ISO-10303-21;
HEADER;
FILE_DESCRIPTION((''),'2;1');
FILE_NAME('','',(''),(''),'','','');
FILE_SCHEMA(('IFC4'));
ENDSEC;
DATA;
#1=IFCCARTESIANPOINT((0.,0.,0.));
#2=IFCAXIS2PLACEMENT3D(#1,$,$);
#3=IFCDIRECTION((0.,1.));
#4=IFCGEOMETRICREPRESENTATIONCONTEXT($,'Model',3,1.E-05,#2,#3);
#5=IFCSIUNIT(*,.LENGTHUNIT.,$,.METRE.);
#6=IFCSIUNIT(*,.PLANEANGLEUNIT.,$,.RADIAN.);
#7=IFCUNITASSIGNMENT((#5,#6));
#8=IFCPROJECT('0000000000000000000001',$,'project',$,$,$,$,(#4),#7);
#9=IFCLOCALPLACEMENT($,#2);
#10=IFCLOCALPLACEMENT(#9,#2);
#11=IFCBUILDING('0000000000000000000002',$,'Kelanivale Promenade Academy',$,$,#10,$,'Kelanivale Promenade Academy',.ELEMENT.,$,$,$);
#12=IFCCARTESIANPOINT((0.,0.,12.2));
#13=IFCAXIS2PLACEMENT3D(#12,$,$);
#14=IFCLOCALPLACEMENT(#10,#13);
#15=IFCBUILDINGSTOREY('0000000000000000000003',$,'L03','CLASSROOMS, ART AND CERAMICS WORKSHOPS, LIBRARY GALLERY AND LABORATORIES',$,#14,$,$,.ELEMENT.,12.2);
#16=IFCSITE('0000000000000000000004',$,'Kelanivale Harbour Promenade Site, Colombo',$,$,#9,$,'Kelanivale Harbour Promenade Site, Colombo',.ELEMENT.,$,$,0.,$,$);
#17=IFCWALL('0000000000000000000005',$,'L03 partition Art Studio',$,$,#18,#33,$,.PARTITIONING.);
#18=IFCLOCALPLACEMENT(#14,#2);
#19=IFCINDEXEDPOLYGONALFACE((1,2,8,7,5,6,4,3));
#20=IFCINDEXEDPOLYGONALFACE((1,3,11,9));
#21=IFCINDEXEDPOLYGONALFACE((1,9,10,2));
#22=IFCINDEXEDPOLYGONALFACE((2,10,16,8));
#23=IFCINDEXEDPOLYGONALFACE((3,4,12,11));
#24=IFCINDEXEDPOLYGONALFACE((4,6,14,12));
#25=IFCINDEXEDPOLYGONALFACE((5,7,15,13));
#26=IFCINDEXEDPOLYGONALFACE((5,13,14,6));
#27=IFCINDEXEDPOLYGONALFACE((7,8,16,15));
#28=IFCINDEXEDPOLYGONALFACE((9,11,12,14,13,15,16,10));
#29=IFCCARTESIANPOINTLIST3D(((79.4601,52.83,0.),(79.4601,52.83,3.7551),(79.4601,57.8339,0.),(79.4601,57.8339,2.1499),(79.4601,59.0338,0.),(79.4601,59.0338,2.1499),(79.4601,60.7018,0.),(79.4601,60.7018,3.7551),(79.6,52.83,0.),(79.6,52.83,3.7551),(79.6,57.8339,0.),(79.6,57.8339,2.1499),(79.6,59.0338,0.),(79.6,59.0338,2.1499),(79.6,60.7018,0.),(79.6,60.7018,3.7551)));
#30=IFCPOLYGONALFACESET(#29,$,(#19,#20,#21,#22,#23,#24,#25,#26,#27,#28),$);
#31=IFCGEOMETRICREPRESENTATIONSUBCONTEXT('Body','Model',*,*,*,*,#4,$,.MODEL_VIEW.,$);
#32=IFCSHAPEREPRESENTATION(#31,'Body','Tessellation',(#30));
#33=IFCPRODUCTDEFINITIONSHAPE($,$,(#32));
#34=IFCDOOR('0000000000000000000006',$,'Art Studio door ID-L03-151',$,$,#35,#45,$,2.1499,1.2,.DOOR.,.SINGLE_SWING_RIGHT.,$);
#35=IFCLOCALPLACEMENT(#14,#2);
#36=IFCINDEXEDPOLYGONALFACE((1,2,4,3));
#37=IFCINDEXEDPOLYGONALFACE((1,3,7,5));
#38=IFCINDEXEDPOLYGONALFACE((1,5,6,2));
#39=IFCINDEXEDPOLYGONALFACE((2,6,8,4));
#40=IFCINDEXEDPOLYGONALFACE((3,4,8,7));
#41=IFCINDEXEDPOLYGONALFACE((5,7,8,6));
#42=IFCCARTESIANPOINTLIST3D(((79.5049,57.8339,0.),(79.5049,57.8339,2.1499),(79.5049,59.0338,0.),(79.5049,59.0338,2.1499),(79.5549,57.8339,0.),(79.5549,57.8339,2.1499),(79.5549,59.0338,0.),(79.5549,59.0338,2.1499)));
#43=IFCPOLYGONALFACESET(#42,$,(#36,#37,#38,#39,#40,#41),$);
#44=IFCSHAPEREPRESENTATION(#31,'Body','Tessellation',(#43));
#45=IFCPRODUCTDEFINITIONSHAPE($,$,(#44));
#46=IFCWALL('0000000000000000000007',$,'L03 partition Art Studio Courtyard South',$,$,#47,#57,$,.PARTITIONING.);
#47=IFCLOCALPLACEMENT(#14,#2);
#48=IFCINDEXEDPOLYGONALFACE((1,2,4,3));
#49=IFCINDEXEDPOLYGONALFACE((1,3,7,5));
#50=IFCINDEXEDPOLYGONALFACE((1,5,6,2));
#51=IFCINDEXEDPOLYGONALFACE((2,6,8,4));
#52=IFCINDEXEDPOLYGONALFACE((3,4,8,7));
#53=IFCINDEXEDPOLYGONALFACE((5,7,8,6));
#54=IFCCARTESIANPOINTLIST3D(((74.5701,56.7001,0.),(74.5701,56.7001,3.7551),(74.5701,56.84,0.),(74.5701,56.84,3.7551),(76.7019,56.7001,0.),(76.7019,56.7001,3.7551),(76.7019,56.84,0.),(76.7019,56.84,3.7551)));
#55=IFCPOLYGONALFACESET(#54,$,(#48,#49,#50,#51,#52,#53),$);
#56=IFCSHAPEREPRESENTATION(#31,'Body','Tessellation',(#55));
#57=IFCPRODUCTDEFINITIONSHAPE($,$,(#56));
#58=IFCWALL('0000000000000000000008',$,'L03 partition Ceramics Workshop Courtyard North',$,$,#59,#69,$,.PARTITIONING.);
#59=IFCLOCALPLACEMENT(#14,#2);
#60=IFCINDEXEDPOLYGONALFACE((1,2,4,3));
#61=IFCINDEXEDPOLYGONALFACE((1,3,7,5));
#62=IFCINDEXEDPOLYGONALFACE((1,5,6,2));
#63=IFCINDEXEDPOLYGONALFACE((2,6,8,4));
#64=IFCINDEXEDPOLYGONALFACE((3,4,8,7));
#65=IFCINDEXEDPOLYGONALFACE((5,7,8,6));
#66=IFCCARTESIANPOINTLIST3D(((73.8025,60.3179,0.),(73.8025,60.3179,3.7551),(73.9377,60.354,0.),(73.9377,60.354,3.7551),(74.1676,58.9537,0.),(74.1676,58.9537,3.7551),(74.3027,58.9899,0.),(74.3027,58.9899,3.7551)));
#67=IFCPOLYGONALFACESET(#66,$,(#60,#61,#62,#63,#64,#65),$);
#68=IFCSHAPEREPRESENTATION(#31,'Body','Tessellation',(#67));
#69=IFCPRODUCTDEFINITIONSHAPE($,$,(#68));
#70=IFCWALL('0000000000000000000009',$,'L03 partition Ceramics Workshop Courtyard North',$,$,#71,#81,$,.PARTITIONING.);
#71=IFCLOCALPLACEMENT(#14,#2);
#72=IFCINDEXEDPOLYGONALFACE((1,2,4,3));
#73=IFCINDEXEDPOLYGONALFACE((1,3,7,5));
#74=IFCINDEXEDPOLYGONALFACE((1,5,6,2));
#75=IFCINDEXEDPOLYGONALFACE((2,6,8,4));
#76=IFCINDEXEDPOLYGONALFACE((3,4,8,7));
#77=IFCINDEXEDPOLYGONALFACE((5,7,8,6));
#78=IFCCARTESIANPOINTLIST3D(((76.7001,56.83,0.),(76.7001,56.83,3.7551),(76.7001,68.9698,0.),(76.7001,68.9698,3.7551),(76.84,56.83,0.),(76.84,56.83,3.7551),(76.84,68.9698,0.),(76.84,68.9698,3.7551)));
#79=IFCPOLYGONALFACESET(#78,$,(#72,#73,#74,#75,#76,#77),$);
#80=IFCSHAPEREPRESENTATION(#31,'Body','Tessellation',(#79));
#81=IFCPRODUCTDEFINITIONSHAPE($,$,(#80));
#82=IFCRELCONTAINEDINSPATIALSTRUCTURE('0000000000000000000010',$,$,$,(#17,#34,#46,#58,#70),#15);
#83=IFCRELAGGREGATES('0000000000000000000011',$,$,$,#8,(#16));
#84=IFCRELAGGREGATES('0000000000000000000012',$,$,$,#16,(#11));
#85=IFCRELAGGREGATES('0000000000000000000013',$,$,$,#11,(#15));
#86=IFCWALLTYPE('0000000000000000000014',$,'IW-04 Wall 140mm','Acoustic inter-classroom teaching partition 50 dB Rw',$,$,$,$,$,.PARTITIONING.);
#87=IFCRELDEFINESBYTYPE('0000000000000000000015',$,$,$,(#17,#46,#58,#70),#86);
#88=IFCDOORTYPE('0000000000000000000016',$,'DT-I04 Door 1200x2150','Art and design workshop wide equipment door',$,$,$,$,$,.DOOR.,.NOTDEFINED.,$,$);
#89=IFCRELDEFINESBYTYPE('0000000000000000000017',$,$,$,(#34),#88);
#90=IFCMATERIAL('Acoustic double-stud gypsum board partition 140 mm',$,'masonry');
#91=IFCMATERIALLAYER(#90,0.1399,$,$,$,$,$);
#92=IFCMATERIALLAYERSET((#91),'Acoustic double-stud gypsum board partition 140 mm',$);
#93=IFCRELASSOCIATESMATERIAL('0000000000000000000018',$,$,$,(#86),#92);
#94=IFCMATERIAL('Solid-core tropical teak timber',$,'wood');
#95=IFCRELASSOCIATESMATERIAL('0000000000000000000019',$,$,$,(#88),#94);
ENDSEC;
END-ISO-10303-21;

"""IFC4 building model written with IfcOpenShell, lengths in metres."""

from ifc_helpers import new_model, si_unit, direction, frame, frame_2d, origin, place, context, subcontext, project, spatial, rectangle, extrude, material, layer, layer_set, type_object, element, fill, save


model = new_model("IFC4")

# Units and contexts
model_context = context("Model", 3, precision=1e-05, world=origin(), true_north=direction((0.0, 1.0)))
body_context = subcontext(model_context, "Body", "Model", "MODEL_VIEW")
ifc_project = project(units=[si_unit("LENGTHUNIT", "METRE"), si_unit("PLANEANGLEUNIT", "RADIAN")], contexts=[model_context])

# Site, building, storey
site_placement = place(None, origin())
site = spatial("IfcSite", under=ifc_project, at=site_placement, Name="Kelanivale Harbour Promenade Site, Colombo", LongName="Kelanivale Harbour Promenade Site, Colombo", CompositionType="ELEMENT", RefElevation=0.0)
building_placement = place(site_placement, origin())
building = spatial("IfcBuilding", under=site, at=building_placement, Name="Kelanivale Promenade Academy", LongName="Kelanivale Promenade Academy", CompositionType="ELEMENT")
storey_placement = place(building_placement, frame((0.0, 0.0, 12.2)))
storey = spatial("IfcBuildingStorey", under=building, at=storey_placement, Name="L03", Description="CLASSROOMS, ART AND CERAMICS WORKSHOPS, LIBRARY GALLERY AND LABORATORIES", CompositionType="ELEMENT", Elevation=12.2)

# Wall, opening, door
ifc_material_1 = material(Name="Acoustic double-stud gypsum board partition 140 mm", Category="masonry")
ifc_layer_1 = layer(ifc_material_1, 0.1399)
ifc_layer_set_1 = layer_set([ifc_layer_1], Name="Acoustic double-stud gypsum board partition 140 mm")
wall_type_1 = type_object("IfcWallType", Name="IW-04 Wall 140mm", Description="Acoustic inter-classroom teaching partition 50 dB Rw", PredefinedType="PARTITIONING", material=ifc_layer_set_1)
wall_1_placement = place(storey_placement, frame((79.53, 60.7019, 0.0), z_axis=(0.0, 0.0, 1.0), x_axis=(0.0, -1.0, 0.0)))
wall_1 = element("IfcWall", 1, at=wall_1_placement, inside=storey, type_object=wall_type_1, Name="L03 partition Art Studio", PredefinedType="PARTITIONING", context=body_context, shape_type="SweptSolid", body=[
    extrude(rectangle(XDim=7.8718, YDim=0.1399, at=frame_2d((3.936, 0.0))), origin(), (0.0, 0.0, 1.0), 3.7551),
])
opening_placement = place(wall_1_placement, frame((1.668, 0.0, 0.0)))
opening = element("IfcOpeningElement", 2, at=opening_placement, cuts=wall_1, PredefinedType="OPENING", context=body_context, shape_type="SweptSolid", body=[
    extrude(rectangle(XDim=1.2, YDim=2.1499, at=frame_2d((0.6001, 1.075))), frame((0.0, 0.0801, 0.0), z_axis=(0.0, -1.0, 0.0), x_axis=(1.0, 0.0, 0.0)), (0.0, 0.0, 1.0), 0.1599),
])
ifc_material_2 = material(Name="Solid-core tropical teak timber", Category="wood")
door_type = type_object("IfcDoorType", Name="DT-I04 Door 1200x2150", Description="Art and design workshop wide equipment door", OperationType="NOTDEFINED", PredefinedType="DOOR", material=ifc_material_2)
door_placement = place(opening_placement, origin())
door = element("IfcDoor", 3, at=door_placement, inside=storey, type_object=door_type, Name="Art Studio door ID-L03-151", OperationType="SINGLE_SWING_RIGHT", OverallHeight=2.1499, OverallWidth=1.2, PredefinedType="DOOR", context=body_context, shape_type="SweptSolid", body=[
    extrude(rectangle(XDim=1.2, YDim=2.1499, at=frame_2d((0.6001, 1.075))), frame((0.0, 0.0249, 0.0), z_axis=(0.0, -1.0, 0.0), x_axis=(1.0, 0.0, 0.0)), (0.0, 0.0, 1.0), 0.05),
])
fill(opening, door)

# Walls
wall_2_placement = place(storey_placement, frame((76.7019, 56.77, 0.0), z_axis=(0.0, 0.0, 1.0), x_axis=(-1.0, 0.0, 0.0)))
element("IfcWall", 4, at=wall_2_placement, inside=storey, type_object=wall_type_1, Name="L03 partition Art Studio Courtyard South", PredefinedType="PARTITIONING", context=body_context, shape_type="SweptSolid", body=[
    extrude(rectangle(XDim=2.1318, YDim=0.1399, at=frame_2d((1.0659, 0.0))), origin(), (0.0, 0.0, 1.0), 3.7551),
])
wall_3_placement = place(storey_placement, frame((73.8701, 60.3359, 0.0), z_axis=(0.0, 0.0, 1.0), x_axis=(0.258491, -0.966014, 0.0)))
element("IfcWall", 5, at=wall_3_placement, inside=storey, type_object=wall_type_1, Name="L03 partition Ceramics Workshop Courtyard North", PredefinedType="PARTITIONING", context=body_context, shape_type="SweptSolid", body=[
    extrude(rectangle(XDim=1.4121, YDim=0.1399, at=frame_2d((0.7061, 0.0))), origin(), (0.0, 0.0, 1.0), 3.7551),
])
wall_4_placement = place(storey_placement, frame((76.77, 56.8301, 0.0), z_axis=(0.0, 0.0, 1.0), x_axis=(0.0, 1.0, 0.0)))
element("IfcWall", 6, at=wall_4_placement, inside=storey, type_object=wall_type_1, Name="L03 partition Ceramics Workshop Courtyard North", PredefinedType="PARTITIONING", context=body_context, shape_type="SweptSolid", body=[
    extrude(rectangle(XDim=12.1399, YDim=0.1399, at=frame_2d((6.0698, 0.0))), origin(), (0.0, 0.0, 1.0), 3.7551),
])

save(model, "model.ifc")
